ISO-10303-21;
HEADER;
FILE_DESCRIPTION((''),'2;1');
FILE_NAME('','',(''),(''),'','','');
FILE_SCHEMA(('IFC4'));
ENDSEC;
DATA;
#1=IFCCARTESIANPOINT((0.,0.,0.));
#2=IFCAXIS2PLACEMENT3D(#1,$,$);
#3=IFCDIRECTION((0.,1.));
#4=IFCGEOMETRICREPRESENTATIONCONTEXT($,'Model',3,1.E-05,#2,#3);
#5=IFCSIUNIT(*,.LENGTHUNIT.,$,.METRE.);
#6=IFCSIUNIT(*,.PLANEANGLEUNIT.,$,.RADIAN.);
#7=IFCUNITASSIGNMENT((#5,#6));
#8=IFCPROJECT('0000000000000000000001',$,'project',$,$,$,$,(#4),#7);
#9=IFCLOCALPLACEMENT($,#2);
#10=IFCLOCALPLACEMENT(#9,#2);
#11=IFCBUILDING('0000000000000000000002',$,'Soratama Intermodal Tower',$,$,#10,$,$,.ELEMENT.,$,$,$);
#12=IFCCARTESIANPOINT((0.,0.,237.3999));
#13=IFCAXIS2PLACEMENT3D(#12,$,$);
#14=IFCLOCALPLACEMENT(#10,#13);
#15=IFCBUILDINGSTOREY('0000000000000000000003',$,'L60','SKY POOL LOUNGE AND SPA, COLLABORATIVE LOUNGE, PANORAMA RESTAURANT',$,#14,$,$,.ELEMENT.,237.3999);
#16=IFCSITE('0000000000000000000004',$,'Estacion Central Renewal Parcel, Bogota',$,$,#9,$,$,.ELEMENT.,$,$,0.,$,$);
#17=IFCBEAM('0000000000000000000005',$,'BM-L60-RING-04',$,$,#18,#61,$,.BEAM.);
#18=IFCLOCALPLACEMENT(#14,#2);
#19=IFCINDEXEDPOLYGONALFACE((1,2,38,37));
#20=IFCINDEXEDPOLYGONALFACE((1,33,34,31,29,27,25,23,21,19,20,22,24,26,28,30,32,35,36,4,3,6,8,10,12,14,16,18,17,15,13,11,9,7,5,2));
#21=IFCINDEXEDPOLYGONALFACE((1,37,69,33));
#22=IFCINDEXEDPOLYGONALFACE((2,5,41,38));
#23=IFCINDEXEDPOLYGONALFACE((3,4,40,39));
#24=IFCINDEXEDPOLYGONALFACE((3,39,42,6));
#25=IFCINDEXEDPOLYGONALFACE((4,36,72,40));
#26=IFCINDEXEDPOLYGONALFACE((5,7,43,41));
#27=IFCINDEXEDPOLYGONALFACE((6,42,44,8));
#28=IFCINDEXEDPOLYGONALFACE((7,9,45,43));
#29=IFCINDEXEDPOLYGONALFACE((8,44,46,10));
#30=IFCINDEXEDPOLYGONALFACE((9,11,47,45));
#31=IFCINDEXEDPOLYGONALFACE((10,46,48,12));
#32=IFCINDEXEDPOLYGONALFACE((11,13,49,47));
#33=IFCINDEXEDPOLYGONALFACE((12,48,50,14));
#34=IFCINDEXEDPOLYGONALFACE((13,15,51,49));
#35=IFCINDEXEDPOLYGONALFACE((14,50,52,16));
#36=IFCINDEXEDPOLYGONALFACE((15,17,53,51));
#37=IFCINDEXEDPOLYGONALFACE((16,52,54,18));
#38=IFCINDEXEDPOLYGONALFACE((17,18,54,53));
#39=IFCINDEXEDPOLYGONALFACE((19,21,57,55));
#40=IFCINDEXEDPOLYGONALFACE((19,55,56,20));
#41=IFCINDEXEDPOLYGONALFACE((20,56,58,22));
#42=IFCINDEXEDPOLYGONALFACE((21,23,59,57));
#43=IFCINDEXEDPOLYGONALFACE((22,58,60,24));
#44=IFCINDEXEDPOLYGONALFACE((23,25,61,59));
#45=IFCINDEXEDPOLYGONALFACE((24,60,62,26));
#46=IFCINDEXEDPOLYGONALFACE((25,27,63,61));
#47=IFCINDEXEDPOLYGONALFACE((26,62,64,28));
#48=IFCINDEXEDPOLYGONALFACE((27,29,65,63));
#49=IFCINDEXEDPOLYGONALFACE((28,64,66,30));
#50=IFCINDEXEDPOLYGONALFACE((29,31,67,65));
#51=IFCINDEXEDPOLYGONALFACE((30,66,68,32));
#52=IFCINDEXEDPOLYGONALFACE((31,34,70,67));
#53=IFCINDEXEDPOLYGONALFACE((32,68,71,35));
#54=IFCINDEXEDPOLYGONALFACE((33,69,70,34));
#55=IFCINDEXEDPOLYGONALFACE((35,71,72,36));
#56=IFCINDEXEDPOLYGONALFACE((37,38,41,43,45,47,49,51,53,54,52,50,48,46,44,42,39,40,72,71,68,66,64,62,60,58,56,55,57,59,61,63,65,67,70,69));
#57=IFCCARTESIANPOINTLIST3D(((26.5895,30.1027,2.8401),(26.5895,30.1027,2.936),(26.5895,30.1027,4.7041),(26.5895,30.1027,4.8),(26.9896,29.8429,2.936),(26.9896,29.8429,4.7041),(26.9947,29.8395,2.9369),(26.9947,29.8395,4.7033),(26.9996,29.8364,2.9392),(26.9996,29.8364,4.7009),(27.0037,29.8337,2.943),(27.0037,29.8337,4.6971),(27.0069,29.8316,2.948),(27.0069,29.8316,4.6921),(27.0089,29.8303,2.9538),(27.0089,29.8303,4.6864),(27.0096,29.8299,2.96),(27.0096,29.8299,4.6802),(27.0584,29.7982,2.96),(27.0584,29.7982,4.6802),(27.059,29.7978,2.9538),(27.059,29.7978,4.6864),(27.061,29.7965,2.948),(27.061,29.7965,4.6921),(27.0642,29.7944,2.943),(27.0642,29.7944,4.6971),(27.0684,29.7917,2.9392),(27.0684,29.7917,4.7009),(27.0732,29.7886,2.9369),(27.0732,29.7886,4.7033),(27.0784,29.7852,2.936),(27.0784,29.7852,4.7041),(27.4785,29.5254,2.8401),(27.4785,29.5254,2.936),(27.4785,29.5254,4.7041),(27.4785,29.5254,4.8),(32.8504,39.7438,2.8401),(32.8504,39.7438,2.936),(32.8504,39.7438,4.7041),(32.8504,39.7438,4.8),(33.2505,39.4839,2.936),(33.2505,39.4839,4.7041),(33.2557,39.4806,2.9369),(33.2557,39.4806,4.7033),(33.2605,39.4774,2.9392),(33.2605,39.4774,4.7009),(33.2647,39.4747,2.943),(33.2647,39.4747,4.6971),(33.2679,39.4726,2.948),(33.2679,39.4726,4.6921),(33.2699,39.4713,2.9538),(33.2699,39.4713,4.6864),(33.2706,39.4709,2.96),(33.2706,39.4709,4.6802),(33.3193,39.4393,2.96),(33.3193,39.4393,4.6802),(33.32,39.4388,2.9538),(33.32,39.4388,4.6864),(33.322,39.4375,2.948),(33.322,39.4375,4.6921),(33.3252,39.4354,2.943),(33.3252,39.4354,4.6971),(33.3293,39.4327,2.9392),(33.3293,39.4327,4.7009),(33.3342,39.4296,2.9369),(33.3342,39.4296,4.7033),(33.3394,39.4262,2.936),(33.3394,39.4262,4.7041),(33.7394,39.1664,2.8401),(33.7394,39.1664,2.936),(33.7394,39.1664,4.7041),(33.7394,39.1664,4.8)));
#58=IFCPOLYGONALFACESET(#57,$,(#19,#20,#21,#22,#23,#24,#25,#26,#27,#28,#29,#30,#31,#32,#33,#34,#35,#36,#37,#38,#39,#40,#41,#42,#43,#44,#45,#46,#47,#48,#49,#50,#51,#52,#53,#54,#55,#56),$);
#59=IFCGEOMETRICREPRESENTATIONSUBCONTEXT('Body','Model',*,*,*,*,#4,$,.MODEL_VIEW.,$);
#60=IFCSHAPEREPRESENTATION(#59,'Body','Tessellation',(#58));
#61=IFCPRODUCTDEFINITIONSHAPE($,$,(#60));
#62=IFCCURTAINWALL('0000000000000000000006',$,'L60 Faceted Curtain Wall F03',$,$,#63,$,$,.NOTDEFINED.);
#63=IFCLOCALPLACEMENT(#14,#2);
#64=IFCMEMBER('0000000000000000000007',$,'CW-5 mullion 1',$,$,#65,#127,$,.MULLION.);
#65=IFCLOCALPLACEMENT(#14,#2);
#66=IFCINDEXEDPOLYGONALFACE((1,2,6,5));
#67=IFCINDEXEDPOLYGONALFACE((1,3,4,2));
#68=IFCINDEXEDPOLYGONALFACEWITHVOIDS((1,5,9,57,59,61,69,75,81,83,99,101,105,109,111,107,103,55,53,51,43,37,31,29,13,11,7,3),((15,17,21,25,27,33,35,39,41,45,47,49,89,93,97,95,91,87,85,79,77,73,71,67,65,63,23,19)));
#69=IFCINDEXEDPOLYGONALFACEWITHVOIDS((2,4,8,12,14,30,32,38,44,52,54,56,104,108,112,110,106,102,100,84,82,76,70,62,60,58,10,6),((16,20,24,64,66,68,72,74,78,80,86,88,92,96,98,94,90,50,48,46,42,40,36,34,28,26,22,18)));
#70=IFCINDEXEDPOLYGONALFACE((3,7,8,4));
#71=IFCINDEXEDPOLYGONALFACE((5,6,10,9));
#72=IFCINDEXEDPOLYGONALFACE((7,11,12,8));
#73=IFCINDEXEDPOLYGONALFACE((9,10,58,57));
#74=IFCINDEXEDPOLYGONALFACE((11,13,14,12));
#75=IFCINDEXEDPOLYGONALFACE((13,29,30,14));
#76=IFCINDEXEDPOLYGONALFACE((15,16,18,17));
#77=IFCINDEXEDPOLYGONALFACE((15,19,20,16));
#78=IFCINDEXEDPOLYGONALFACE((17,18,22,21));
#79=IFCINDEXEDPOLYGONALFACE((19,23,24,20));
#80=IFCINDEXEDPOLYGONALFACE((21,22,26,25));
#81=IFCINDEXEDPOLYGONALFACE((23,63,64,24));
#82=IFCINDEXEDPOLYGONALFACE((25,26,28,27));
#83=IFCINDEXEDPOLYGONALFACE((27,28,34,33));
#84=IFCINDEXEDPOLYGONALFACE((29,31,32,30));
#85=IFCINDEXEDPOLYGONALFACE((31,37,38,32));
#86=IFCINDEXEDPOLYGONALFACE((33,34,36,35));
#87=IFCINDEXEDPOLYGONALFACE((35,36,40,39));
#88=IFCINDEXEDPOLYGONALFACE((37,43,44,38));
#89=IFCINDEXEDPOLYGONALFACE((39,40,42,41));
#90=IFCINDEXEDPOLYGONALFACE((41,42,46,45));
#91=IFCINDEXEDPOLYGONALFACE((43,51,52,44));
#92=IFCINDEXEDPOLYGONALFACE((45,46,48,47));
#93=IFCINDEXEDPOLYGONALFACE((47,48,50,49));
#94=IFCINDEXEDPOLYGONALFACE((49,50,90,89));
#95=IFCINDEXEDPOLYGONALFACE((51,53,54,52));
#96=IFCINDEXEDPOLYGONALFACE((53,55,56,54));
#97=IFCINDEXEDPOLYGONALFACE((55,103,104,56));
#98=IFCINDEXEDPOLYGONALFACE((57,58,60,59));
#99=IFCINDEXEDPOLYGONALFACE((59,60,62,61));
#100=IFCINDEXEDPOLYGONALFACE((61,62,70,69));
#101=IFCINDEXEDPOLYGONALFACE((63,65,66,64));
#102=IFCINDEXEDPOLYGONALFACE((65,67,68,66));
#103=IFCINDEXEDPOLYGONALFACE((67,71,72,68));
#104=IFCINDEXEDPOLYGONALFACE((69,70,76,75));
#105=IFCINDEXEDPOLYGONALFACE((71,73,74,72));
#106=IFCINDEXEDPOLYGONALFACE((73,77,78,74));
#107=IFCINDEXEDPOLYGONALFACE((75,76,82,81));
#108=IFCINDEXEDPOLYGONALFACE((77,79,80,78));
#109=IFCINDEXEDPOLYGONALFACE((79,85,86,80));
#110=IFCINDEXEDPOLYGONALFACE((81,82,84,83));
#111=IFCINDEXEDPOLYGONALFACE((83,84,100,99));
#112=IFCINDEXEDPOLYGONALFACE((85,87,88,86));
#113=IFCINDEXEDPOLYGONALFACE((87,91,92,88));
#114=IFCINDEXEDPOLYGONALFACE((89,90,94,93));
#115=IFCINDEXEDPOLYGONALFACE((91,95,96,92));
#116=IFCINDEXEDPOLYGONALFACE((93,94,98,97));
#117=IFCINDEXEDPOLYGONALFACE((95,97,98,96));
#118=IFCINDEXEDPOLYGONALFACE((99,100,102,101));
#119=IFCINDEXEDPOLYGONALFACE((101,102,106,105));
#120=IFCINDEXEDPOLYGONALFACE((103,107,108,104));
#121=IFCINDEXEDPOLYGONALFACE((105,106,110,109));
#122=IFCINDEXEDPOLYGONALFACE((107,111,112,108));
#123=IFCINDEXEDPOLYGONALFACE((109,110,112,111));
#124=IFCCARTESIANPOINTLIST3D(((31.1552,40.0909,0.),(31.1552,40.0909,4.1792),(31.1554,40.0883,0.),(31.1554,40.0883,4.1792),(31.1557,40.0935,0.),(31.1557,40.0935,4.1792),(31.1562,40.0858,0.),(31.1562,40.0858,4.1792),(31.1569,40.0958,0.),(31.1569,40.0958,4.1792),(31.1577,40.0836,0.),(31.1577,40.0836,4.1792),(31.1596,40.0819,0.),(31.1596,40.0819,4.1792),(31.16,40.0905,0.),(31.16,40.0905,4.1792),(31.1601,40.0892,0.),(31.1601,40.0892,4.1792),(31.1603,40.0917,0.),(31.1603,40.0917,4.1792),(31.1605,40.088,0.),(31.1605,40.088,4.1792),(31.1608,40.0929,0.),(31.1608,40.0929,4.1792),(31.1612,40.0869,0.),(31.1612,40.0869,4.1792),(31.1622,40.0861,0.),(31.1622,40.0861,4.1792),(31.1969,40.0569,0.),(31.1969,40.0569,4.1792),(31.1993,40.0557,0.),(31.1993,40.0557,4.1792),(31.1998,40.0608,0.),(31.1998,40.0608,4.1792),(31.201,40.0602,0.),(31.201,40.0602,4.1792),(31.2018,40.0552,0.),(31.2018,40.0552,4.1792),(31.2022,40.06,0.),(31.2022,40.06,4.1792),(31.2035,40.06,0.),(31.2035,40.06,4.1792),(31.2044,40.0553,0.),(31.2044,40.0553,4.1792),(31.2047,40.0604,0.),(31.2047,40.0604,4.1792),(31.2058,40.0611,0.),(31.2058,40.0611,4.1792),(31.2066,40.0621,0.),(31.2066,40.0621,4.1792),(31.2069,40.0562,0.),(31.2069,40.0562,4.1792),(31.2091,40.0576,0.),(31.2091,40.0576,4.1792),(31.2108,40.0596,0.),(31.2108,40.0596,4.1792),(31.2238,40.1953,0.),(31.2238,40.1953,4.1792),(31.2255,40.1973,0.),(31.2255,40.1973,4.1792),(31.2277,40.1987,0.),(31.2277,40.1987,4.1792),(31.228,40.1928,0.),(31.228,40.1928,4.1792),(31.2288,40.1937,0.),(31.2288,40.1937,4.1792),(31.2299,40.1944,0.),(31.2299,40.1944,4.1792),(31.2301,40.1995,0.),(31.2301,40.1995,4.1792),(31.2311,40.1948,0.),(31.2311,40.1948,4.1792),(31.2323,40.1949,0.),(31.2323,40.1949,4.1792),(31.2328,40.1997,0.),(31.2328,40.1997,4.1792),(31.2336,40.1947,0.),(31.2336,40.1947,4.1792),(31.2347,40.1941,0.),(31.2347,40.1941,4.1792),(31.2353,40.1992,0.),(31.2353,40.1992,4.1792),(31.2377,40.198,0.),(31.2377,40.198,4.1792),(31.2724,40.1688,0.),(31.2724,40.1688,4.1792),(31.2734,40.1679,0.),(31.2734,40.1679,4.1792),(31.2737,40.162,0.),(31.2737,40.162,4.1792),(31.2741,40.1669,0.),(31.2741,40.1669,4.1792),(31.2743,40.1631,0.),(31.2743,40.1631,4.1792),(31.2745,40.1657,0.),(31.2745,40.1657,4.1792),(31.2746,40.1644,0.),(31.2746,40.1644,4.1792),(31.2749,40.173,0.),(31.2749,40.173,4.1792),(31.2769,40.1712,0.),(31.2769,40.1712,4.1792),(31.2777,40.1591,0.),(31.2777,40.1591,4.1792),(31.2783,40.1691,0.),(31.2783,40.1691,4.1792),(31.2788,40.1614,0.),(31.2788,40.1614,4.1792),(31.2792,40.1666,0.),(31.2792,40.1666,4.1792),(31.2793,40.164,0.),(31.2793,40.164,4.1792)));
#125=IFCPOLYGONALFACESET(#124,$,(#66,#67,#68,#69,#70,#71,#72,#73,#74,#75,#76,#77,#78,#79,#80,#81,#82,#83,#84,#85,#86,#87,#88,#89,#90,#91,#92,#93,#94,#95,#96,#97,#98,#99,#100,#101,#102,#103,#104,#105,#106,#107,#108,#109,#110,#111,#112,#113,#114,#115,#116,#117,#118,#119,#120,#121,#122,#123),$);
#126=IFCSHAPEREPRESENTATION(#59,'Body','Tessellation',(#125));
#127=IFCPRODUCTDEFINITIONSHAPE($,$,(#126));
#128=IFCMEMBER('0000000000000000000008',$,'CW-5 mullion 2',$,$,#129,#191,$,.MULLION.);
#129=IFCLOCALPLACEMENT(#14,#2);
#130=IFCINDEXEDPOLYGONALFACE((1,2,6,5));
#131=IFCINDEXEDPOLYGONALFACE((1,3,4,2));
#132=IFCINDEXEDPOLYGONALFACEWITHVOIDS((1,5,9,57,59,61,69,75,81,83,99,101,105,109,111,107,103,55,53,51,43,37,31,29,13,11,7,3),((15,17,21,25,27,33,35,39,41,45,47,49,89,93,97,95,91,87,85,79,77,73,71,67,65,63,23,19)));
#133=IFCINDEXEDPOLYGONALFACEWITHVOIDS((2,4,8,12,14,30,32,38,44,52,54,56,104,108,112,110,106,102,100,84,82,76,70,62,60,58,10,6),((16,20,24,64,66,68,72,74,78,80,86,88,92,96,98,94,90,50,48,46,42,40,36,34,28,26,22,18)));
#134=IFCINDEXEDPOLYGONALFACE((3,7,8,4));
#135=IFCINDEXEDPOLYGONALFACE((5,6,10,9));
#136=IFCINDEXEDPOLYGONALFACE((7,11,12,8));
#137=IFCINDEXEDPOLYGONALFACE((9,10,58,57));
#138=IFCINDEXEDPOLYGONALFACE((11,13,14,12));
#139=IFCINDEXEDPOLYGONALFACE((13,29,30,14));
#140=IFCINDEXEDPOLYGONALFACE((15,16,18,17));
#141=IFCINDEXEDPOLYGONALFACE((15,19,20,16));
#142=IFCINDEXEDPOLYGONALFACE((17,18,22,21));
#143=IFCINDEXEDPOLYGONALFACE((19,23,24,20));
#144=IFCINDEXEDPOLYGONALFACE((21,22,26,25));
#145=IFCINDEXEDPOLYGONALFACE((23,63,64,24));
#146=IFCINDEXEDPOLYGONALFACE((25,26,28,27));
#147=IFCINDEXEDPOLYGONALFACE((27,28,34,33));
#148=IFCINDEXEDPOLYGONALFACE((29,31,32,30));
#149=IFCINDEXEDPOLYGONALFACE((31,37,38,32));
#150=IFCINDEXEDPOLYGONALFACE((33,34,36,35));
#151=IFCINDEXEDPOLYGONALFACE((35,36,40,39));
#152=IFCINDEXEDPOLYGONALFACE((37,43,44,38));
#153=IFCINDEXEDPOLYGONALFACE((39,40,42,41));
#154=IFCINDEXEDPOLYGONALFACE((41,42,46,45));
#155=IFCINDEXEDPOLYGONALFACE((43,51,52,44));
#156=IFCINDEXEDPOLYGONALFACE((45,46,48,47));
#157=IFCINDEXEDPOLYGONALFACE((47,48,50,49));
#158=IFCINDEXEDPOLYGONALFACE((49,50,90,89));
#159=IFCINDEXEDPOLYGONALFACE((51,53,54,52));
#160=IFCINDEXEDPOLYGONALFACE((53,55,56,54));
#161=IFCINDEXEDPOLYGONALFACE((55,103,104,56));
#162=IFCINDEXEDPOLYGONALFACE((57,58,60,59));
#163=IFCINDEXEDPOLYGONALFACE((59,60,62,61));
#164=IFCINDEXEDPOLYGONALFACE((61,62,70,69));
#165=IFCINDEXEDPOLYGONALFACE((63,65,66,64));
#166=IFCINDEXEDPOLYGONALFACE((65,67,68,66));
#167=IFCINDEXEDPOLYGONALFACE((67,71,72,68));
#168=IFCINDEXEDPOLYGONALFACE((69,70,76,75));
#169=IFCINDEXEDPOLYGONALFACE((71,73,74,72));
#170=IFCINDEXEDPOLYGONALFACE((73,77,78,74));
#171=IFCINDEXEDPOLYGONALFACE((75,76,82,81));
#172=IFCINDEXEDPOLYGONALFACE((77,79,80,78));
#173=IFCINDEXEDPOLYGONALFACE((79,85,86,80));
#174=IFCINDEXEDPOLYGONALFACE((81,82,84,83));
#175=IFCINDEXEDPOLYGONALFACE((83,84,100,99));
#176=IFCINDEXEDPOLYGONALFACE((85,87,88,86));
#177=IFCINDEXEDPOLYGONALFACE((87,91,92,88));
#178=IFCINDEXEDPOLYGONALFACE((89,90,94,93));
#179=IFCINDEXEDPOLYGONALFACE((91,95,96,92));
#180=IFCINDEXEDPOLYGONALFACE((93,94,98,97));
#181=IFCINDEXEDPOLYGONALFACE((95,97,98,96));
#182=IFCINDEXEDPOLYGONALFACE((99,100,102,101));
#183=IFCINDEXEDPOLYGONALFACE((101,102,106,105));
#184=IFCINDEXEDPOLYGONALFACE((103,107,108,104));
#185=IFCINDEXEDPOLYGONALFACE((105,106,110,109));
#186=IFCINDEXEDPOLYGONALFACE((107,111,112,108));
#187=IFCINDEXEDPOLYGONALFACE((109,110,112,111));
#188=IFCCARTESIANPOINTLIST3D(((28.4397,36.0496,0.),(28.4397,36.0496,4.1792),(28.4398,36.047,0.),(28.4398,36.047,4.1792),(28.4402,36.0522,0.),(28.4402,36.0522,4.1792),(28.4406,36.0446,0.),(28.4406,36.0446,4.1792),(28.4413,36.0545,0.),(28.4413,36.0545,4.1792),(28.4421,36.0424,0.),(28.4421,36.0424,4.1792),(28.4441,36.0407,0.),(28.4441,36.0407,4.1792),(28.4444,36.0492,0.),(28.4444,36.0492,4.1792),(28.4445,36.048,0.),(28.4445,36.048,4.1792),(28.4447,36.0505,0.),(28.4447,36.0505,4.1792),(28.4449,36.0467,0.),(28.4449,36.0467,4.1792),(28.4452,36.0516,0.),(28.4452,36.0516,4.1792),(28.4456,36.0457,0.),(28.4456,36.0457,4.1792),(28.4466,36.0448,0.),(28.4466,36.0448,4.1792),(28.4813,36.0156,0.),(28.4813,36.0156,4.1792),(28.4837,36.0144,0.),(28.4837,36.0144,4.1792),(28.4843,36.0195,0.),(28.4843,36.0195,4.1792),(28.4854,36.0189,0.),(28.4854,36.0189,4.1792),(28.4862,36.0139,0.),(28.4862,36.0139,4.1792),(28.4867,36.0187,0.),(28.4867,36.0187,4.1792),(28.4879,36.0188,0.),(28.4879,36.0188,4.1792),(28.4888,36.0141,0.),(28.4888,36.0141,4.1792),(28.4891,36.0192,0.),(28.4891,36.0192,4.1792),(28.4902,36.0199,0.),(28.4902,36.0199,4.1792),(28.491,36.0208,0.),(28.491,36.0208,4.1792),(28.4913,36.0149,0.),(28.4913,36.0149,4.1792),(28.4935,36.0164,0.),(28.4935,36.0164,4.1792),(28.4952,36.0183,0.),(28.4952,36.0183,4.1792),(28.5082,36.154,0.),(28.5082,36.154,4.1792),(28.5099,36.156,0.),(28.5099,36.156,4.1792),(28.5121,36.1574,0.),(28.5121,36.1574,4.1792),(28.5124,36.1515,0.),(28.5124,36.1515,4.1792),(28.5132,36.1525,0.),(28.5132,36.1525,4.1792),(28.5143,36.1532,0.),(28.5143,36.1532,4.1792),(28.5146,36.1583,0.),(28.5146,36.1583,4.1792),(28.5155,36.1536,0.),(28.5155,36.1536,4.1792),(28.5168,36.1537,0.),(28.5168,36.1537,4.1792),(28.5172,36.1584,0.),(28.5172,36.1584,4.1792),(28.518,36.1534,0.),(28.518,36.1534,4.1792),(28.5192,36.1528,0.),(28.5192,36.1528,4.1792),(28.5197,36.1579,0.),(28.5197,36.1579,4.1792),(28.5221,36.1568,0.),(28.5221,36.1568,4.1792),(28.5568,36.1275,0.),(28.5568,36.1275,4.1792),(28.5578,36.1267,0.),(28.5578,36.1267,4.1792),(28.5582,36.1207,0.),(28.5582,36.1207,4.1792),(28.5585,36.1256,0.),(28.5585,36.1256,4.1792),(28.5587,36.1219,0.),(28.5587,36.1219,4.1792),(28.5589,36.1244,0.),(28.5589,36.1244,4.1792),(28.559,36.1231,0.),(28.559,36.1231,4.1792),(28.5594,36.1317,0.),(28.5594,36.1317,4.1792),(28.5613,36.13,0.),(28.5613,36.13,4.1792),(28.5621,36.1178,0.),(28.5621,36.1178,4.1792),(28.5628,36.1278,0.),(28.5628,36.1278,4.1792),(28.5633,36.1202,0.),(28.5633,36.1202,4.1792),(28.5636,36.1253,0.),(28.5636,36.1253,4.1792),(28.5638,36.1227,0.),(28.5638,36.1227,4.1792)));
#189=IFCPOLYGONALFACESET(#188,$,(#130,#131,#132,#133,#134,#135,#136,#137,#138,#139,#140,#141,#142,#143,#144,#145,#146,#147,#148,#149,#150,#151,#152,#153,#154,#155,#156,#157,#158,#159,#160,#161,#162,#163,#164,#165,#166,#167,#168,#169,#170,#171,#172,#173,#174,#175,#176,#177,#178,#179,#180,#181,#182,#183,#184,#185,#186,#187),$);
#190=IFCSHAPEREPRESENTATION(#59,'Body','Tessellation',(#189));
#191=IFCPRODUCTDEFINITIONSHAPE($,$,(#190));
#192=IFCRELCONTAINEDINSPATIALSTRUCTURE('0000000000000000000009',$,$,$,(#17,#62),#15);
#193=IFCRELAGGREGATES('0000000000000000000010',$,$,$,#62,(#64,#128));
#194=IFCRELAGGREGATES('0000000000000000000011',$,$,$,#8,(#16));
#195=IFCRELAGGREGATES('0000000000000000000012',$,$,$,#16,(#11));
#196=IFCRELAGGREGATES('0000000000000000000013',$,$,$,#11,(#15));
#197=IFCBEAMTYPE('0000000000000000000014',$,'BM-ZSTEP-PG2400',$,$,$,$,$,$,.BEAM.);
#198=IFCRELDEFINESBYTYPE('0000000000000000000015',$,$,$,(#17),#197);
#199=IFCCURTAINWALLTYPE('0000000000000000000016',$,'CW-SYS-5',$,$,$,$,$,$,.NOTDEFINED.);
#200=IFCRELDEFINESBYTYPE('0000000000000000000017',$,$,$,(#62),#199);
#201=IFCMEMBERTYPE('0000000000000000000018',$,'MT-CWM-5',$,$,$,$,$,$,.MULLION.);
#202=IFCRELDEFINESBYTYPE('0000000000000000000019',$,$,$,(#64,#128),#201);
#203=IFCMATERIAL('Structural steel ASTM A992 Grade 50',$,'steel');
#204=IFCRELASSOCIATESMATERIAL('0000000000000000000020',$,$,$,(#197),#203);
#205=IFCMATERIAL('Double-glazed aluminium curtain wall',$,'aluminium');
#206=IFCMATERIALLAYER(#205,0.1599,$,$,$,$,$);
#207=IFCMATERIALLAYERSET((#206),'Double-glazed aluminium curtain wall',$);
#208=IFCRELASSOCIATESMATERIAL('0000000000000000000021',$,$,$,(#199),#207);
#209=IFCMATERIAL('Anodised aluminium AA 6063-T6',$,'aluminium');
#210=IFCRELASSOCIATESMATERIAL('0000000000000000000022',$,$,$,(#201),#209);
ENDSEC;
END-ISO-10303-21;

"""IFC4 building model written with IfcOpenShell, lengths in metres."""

from ifc_helpers import new_model, si_unit, direction, frame, origin, origin_2d, place, context, subcontext, project, spatial, hollow_rectangle, i_section, extrude, material, layer, layer_set, material_profile, profile_set, type_object, element, aggregate, save


model = new_model("IFC4")

# Units and contexts
model_context = context("Model", 3, precision=1e-05, world=origin(), true_north=direction((0.0, 1.0)))
body_context = subcontext(model_context, "Body", "Model", "MODEL_VIEW")
ifc_project = project(units=[si_unit("LENGTHUNIT", "METRE"), si_unit("PLANEANGLEUNIT", "RADIAN")], contexts=[model_context])

# Site, building, storey
site_placement = place(None, origin())
site = spatial("IfcSite", under=ifc_project, at=site_placement, Name="Estacion Central Renewal Parcel, Bogota", CompositionType="ELEMENT", RefElevation=0.0)
building_placement = place(site_placement, origin())
building = spatial("IfcBuilding", under=site, at=building_placement, Name="Soratama Intermodal Tower", CompositionType="ELEMENT")
storey_placement = place(building_placement, frame((0.0, 0.0, 237.3999)))
storey = spatial("IfcBuildingStorey", under=building, at=storey_placement, Name="L60", Description="SKY POOL LOUNGE AND SPA, COLLABORATIVE LOUNGE, PANORAMA RESTAURANT", CompositionType="ELEMENT", Elevation=237.3999)

# Beam
ifc_material_1 = material(Name="Structural steel ASTM A992 Grade 50", Category="steel")
ifc_material_profile_1 = material_profile(ifc_material_1, i_section(OverallWidth=1.0601, OverallDepth=1.96, WebThickness=0.0581, FlangeThickness=0.0959, FilletRadius=0.0239, at=origin_2d()), Name="PG2400X900")
ifc_profile_set_1 = profile_set([ifc_material_profile_1], Name="Structural steel ASTM A992 Grade 50")
beam_type_1 = type_object("IfcBeamType", Name="BM-ZSTEP-PG2400", PredefinedType="BEAM", material=ifc_profile_set_1)
beam_1_placement = place(storey_placement, frame((33.2949, 39.4551, 3.8201), z_axis=(-0.544637, -0.838672, 0.0), x_axis=(0.838672, -0.544637, 0.0)))
element("IfcBeam", 1, at=beam_1_placement, inside=storey, type_object=beam_type_1, Name="BM-L60-RING-04", PredefinedType="BEAM", context=body_context, shape_type="SweptSolid", body=[
    extrude(i_section(OverallWidth=1.0601, OverallDepth=1.96, WebThickness=0.0581, FlangeThickness=0.0959, FilletRadius=0.0239, at=origin_2d()), origin(), (0.0, 0.0, 1.0), 11.4956),
])

# Curtain wall, members
ifc_material_2 = material(Name="Double-glazed aluminium curtain wall", Category="aluminium")
ifc_layer_1 = layer(ifc_material_2, 0.1599)
ifc_layer_set_1 = layer_set([ifc_layer_1], Name="Double-glazed aluminium curtain wall")
curtain_wall_type = type_object("IfcCurtainWallType", Name="CW-SYS-5", PredefinedType="NOTDEFINED", material=ifc_layer_set_1)
curtain_wall_placement = place(storey_placement, origin())
curtain_wall = element("IfcCurtainWall", 2, at=curtain_wall_placement, inside=storey, type_object=curtain_wall_type, Name="L60 Faceted Curtain Wall F03", PredefinedType="NOTDEFINED")
ifc_material_3 = material(Name="Anodised aluminium AA 6063-T6", Category="aluminium")
ifc_material_profile_2 = material_profile(ifc_material_3, hollow_rectangle(XDim=0.0649, YDim=0.1399, WallThickness=0.0049, InnerFilletRadius=0.0049, OuterFilletRadius=0.01, at=origin_2d()), Name="CWM140X65X5")
ifc_profile_set_2 = profile_set([ifc_material_profile_2], Name="Anodised aluminium AA 6063-T6")
member_type_1 = type_object("IfcMemberType", Name="MT-CWM-5", PredefinedType="MULLION", material=ifc_profile_set_2)
member_1_placement = place(storey_placement, frame((31.2173, 40.1274, 0.0), z_axis=(0.0, 0.0, 1.0), x_axis=(0.830013, -0.557744, 0.0)))
member_1 = element("IfcMember", 3, at=member_1_placement, type_object=member_type_1, Name="CW-5 mullion 1", PredefinedType="MULLION", context=body_context, shape_type="SweptSolid", body=[
    extrude(hollow_rectangle(XDim=0.0649, YDim=0.1399, WallThickness=0.0049, InnerFilletRadius=0.0049, OuterFilletRadius=0.01, at=origin_2d()), origin(), (0.0, 0.0, 1.0), 4.1792),
])
member_2_placement = place(storey_placement, frame((28.5017, 36.0862, 0.0), z_axis=(0.0, 0.0, 1.0), x_axis=(0.830013, -0.557744, 0.0)))
member_2 = element("IfcMember", 4, at=member_2_placement, type_object=member_type_1, Name="CW-5 mullion 2", PredefinedType="MULLION", context=body_context, shape_type="SweptSolid", body=[
    extrude(hollow_rectangle(XDim=0.0649, YDim=0.1399, WallThickness=0.0049, InnerFilletRadius=0.0049, OuterFilletRadius=0.01, at=origin_2d()), origin(), (0.0, 0.0, 1.0), 4.1792),
])
aggregate(curtain_wall, [member_1, member_2])

save(model, "model.ifc")
